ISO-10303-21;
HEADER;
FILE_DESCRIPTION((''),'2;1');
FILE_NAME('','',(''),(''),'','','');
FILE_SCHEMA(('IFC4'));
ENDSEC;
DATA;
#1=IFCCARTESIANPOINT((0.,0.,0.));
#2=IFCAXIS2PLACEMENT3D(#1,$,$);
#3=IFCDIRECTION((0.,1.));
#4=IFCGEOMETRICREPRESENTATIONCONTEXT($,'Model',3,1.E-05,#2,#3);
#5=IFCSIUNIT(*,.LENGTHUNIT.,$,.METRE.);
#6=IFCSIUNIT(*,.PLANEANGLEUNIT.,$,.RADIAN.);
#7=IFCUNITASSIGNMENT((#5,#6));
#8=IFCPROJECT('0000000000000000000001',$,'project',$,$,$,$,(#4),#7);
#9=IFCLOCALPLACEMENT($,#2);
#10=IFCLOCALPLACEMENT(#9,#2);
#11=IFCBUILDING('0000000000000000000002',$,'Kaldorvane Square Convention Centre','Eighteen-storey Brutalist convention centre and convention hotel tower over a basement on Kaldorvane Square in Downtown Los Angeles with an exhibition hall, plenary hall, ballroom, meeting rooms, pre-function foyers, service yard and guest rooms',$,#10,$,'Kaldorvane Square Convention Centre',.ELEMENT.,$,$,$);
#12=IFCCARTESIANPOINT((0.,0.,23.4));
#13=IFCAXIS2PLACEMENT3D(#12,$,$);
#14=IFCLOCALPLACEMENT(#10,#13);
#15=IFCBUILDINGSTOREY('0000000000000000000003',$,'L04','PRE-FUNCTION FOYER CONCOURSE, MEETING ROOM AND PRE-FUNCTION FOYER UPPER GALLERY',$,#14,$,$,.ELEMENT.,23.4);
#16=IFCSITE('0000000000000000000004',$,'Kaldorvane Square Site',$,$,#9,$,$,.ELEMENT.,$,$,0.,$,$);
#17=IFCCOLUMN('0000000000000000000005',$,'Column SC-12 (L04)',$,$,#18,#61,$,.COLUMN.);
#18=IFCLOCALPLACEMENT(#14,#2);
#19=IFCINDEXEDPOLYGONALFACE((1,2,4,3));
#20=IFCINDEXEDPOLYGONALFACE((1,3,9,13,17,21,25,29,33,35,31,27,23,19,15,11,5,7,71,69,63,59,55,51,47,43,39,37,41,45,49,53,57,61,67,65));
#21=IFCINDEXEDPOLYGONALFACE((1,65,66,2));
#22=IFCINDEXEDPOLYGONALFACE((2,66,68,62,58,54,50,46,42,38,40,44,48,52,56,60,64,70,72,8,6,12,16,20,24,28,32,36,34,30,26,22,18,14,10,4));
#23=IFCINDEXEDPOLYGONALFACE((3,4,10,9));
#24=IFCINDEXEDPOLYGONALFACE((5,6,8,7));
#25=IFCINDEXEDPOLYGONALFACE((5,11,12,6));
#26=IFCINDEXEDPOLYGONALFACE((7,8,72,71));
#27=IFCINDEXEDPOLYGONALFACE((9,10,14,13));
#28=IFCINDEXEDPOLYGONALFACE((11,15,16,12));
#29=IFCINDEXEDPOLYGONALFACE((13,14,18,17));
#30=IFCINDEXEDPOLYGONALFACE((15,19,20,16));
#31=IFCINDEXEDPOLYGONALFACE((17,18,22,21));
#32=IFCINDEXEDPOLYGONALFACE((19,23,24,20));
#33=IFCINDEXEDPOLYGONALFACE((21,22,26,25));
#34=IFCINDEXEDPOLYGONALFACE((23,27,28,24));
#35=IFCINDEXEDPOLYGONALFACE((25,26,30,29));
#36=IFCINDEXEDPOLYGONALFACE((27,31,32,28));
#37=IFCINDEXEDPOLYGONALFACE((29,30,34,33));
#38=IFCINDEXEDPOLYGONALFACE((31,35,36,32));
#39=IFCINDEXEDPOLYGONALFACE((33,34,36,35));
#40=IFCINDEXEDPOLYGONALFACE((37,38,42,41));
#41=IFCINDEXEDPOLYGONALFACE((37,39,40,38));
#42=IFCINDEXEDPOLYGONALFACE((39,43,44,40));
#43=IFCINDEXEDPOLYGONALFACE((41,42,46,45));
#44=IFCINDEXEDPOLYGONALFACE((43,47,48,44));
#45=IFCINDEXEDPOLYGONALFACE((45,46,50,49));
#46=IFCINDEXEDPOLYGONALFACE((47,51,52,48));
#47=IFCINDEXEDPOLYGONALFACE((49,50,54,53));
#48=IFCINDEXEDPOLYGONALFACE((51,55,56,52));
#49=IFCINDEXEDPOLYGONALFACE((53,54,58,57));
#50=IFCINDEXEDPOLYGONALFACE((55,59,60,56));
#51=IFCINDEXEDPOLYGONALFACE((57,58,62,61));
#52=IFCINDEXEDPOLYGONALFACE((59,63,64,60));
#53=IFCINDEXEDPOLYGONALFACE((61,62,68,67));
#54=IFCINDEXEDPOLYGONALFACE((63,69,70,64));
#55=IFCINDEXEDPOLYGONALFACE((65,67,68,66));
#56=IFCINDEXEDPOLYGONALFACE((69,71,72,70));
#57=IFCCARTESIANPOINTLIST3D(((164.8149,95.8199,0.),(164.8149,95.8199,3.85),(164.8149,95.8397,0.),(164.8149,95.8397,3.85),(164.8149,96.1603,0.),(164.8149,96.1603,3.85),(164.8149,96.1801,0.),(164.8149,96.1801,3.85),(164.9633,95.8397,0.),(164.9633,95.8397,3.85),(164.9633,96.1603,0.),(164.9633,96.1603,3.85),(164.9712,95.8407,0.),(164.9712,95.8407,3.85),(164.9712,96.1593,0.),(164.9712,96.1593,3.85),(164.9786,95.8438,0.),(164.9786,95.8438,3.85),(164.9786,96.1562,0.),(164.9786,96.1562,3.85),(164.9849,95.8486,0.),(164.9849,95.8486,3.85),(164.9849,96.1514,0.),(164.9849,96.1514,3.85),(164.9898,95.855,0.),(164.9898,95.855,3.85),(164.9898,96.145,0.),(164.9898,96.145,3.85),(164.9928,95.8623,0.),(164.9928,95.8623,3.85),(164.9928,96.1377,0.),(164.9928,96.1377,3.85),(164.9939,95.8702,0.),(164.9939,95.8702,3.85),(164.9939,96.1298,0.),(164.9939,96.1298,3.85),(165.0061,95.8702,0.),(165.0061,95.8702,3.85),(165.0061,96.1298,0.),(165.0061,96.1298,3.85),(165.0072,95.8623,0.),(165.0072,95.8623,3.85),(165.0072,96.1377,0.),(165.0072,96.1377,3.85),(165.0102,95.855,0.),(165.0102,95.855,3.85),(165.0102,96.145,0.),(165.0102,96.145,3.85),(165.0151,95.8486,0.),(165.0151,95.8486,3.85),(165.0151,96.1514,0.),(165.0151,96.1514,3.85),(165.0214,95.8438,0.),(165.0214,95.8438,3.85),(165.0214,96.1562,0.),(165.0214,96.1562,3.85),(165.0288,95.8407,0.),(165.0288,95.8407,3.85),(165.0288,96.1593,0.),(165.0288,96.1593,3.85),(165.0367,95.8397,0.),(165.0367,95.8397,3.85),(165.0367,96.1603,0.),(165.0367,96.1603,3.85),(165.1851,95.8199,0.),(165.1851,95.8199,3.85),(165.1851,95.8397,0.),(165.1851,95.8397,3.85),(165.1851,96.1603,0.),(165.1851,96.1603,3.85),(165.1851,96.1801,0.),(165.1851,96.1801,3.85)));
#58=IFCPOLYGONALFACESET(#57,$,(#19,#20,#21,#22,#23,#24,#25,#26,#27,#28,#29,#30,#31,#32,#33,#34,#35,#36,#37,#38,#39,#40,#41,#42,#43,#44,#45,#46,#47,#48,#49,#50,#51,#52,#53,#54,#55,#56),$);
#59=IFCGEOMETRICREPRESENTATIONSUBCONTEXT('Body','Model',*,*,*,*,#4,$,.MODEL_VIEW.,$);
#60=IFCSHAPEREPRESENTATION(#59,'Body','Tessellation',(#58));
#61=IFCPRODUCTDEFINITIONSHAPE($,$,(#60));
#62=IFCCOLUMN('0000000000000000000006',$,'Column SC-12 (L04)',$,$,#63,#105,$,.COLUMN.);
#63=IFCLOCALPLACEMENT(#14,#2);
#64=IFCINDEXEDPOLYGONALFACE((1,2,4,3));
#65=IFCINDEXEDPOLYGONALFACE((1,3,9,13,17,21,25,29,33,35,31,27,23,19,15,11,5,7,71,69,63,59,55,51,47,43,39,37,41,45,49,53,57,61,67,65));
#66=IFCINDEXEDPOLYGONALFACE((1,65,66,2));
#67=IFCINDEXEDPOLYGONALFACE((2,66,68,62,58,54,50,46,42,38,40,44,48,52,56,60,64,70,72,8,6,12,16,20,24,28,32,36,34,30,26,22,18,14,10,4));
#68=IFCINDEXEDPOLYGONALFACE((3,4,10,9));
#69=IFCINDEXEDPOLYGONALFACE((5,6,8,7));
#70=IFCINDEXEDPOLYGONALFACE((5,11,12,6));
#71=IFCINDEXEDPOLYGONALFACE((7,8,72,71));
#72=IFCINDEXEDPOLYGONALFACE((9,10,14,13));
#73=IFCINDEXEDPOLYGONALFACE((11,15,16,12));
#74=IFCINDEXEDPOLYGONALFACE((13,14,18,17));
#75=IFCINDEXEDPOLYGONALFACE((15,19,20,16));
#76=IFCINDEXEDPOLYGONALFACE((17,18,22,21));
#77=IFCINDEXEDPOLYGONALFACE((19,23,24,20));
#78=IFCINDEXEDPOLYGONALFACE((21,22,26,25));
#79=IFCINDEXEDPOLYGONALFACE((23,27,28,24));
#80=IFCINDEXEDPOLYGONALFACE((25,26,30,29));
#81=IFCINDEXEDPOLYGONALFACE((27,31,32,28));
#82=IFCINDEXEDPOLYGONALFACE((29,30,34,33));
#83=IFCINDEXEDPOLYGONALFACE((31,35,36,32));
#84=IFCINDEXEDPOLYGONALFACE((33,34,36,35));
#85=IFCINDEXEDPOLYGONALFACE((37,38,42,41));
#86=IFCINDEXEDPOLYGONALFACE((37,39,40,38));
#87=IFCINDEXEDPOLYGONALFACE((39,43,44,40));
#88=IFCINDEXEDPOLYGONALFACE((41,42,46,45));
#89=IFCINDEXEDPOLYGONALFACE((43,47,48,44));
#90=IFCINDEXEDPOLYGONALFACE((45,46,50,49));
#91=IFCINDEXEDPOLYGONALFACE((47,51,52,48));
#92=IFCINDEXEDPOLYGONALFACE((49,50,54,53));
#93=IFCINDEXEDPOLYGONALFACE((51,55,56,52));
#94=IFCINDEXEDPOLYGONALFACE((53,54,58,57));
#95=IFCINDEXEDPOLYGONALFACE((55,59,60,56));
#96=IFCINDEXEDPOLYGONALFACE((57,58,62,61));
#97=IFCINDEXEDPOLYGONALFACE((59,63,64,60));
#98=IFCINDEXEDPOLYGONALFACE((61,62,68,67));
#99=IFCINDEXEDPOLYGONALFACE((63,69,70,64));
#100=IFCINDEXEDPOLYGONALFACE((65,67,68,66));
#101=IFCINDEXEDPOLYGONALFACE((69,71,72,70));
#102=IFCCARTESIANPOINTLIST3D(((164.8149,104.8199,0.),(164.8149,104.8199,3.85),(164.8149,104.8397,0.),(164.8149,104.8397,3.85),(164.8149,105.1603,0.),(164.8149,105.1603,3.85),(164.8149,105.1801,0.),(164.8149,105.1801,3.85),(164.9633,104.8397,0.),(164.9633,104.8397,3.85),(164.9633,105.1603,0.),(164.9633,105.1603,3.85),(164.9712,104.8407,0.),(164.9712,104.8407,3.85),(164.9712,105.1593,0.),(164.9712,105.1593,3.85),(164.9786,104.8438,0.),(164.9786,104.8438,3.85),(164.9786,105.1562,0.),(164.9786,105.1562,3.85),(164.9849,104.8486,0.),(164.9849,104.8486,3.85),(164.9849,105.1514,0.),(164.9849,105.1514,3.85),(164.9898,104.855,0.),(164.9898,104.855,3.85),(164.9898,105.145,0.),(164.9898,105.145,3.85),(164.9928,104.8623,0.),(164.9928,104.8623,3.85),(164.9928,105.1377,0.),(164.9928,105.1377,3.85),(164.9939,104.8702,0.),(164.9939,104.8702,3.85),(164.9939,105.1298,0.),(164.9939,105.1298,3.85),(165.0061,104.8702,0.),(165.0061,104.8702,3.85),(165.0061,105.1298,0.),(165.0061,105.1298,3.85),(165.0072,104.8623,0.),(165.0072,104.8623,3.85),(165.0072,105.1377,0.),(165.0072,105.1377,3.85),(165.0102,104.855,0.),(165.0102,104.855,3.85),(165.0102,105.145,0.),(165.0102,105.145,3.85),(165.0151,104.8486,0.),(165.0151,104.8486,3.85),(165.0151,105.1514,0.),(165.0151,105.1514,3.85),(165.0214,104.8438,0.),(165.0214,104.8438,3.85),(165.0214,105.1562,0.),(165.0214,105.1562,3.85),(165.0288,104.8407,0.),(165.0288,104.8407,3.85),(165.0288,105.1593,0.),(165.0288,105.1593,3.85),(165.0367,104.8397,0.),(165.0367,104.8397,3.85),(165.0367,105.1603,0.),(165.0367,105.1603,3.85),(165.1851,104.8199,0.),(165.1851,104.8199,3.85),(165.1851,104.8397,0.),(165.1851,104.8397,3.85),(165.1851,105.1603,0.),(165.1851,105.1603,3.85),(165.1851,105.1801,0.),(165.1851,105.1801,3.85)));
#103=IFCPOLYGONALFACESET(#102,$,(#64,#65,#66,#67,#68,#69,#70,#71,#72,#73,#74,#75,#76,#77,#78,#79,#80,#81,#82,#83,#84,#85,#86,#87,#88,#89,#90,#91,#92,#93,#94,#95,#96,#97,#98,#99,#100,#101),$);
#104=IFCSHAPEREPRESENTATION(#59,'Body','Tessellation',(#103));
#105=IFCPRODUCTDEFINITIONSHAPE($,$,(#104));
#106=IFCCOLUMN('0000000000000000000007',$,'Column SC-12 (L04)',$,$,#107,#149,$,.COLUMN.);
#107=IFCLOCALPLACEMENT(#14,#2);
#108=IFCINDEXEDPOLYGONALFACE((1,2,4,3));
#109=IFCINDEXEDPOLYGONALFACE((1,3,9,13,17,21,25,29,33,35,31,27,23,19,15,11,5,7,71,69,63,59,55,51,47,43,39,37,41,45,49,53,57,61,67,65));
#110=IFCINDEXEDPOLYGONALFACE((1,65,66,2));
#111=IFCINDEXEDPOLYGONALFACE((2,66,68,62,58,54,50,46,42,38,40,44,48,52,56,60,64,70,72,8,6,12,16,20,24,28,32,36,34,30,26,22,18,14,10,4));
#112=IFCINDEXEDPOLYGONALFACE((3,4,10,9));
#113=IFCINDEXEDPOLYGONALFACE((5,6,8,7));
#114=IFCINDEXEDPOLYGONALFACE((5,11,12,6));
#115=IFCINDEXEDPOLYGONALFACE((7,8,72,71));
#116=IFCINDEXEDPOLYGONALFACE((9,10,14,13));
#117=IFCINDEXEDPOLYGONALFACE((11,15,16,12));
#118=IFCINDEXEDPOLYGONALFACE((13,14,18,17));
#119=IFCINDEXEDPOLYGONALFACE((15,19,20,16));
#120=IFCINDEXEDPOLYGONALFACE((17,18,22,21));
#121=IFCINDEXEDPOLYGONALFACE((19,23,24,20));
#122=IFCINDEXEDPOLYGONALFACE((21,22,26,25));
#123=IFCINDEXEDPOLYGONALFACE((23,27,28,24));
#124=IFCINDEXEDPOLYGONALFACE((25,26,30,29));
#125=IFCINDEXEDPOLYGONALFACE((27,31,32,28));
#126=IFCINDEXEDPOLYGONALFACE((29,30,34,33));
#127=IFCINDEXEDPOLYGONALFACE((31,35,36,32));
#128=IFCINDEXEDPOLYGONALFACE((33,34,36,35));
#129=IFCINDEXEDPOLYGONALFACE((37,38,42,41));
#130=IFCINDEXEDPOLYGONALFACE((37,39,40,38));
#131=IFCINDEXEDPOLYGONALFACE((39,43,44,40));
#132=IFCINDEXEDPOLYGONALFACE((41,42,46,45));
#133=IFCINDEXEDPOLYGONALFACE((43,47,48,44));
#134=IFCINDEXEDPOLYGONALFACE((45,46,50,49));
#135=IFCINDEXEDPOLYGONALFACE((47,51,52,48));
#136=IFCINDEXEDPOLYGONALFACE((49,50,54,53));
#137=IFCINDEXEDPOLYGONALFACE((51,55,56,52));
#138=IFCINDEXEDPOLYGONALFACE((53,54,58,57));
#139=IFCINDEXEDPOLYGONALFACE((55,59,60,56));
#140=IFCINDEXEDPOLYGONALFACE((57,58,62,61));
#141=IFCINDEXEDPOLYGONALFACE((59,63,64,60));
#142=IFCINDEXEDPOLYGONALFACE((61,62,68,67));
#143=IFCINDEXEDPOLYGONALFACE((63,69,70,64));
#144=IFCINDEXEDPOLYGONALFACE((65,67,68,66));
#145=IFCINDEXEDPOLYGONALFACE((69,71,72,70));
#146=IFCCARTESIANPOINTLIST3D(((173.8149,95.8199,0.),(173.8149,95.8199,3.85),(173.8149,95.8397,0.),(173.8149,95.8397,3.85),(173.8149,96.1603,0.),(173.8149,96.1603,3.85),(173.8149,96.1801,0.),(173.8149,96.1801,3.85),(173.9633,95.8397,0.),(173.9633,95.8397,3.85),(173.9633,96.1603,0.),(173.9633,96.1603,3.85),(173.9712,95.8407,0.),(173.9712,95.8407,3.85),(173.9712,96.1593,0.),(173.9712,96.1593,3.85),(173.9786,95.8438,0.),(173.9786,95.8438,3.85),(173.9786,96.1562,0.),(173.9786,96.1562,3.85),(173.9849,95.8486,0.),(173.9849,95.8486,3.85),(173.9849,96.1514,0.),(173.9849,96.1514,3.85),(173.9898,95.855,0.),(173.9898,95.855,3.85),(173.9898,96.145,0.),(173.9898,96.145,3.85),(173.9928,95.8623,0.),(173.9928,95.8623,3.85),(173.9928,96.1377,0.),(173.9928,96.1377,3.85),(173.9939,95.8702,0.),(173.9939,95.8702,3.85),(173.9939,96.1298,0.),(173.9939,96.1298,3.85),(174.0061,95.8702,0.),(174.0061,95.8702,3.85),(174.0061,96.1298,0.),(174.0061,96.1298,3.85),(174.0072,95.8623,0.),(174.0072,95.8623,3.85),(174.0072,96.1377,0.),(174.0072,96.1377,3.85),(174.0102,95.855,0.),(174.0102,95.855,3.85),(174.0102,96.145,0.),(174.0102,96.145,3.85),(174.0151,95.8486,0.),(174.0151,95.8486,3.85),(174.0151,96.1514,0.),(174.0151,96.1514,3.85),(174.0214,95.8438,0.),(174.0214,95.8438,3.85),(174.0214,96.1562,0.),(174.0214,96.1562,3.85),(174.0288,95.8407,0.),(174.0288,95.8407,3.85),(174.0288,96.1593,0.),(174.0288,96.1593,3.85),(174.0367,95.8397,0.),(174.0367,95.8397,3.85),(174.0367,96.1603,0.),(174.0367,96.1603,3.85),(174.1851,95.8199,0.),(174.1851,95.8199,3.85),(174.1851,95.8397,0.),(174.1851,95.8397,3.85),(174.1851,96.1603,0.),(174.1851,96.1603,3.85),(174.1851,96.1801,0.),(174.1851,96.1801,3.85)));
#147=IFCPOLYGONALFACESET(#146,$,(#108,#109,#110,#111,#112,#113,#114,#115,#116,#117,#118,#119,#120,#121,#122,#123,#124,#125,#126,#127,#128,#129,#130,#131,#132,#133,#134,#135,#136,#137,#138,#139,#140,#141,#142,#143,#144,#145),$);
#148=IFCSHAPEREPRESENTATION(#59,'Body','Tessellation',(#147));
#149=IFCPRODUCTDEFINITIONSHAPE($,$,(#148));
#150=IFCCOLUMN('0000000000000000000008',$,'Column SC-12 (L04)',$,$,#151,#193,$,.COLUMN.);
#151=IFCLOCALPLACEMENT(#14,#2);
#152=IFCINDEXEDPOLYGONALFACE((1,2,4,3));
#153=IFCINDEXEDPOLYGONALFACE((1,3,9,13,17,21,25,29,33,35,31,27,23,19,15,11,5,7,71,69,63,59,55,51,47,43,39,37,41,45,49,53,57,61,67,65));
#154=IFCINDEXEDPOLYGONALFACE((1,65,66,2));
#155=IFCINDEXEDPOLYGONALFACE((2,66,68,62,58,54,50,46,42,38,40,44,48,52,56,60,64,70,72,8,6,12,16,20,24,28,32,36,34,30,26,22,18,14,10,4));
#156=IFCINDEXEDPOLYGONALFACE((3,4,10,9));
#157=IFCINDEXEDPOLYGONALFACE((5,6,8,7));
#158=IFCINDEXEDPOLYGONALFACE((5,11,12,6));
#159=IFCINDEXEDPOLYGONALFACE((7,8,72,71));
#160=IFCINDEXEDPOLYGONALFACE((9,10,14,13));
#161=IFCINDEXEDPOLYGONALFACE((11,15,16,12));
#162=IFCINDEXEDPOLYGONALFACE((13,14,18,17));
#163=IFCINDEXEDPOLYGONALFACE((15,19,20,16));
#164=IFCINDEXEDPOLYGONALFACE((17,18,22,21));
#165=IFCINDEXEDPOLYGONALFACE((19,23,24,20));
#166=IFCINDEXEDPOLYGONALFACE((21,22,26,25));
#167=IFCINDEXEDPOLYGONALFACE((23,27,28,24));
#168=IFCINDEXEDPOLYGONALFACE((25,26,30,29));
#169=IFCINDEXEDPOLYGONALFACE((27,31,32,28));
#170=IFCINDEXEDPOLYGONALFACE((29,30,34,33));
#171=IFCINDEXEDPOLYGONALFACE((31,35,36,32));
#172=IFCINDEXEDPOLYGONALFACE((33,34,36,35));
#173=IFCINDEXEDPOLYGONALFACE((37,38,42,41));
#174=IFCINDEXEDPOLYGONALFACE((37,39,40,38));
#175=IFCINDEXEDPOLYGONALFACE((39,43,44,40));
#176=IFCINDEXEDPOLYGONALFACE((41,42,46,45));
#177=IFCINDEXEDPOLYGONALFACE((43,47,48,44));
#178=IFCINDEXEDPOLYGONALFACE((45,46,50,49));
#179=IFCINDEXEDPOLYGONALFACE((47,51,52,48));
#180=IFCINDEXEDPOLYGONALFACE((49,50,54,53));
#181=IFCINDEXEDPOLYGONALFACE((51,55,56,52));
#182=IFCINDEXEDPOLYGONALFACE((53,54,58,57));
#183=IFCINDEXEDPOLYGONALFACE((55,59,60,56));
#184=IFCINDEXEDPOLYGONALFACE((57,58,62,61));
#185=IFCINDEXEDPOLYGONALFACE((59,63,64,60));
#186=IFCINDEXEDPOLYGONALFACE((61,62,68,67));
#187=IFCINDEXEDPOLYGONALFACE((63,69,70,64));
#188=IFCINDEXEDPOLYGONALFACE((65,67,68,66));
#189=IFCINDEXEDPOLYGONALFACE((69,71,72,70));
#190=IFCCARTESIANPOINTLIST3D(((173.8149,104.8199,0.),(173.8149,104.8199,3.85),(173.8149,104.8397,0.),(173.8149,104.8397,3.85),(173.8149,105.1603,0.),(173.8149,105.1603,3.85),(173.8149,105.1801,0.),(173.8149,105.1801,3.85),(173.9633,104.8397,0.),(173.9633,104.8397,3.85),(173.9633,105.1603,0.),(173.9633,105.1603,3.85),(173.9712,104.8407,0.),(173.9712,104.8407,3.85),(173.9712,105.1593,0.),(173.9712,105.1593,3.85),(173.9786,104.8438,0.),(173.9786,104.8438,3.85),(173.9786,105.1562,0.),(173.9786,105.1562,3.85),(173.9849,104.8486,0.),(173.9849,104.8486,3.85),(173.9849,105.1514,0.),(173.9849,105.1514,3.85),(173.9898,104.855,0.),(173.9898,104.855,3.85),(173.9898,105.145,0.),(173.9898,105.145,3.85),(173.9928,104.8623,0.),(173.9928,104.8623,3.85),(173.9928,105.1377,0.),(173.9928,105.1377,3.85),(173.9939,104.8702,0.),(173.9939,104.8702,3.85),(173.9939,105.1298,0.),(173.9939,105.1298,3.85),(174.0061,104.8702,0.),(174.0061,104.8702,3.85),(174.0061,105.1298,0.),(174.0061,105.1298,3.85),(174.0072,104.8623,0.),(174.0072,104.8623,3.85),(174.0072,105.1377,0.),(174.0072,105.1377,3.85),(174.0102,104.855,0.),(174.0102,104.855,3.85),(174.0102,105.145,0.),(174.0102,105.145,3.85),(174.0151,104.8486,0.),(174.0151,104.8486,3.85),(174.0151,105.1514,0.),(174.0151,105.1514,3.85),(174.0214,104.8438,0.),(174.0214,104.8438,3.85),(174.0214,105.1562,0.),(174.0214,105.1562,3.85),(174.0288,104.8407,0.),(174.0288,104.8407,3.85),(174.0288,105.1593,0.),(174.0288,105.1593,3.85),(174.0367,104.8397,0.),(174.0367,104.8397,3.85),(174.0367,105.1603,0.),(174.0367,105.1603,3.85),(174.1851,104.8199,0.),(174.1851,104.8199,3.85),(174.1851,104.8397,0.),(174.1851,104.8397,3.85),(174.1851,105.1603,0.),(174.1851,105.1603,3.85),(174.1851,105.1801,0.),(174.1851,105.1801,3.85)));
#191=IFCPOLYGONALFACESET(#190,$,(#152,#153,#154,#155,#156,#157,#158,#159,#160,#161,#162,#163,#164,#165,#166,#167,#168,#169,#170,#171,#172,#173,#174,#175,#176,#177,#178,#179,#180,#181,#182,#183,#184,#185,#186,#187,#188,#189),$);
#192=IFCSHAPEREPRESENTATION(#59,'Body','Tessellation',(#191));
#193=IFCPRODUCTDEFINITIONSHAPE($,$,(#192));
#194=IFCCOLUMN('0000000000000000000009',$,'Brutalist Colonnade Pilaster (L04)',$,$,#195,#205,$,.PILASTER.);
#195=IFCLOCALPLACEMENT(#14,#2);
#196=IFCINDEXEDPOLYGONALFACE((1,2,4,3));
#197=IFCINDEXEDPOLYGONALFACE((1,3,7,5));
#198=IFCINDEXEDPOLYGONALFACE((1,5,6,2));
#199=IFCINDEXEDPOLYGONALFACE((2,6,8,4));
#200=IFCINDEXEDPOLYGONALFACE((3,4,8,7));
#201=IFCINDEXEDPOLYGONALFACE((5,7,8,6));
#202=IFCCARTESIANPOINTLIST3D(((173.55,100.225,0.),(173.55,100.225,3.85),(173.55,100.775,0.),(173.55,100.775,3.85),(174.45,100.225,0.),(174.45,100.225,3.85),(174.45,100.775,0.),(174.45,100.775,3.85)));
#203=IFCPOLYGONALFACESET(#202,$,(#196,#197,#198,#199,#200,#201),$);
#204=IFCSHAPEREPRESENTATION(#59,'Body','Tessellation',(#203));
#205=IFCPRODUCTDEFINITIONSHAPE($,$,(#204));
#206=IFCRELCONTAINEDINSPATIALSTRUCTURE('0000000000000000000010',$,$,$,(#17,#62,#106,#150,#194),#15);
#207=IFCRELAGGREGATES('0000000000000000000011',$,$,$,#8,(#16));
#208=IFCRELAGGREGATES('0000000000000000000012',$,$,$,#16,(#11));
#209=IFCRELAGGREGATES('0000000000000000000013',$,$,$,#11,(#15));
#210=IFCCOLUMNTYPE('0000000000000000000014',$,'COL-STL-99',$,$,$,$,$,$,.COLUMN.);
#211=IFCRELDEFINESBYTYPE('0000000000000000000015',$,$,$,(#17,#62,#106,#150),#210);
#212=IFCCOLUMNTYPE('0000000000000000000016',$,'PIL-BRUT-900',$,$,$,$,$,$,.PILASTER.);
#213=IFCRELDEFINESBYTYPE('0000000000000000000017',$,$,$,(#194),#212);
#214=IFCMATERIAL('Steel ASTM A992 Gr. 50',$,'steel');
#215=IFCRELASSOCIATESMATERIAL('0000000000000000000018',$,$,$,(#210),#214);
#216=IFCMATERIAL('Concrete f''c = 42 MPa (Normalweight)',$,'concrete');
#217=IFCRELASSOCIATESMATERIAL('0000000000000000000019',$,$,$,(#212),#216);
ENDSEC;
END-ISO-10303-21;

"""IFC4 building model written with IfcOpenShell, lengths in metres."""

from ifc_helpers import new_model, si_unit, direction, frame, origin, origin_2d, place, context, subcontext, project, spatial, rectangle, i_section, extrude, material, material_profile, profile_set, type_object, element, save


model = new_model("IFC4")

# Units and contexts
model_context = context("Model", 3, precision=1e-05, world=origin(), true_north=direction((0.0, 1.0)))
body_context = subcontext(model_context, "Body", "Model", "MODEL_VIEW")
ifc_project = project(units=[si_unit("LENGTHUNIT", "METRE"), si_unit("PLANEANGLEUNIT", "RADIAN")], contexts=[model_context])

# Site, building, storey
site_placement = place(None, origin())
site = spatial("IfcSite", under=ifc_project, at=site_placement, Name="Kaldorvane Square Site", CompositionType="ELEMENT", RefElevation=0.0)
building_placement = place(site_placement, origin())
building = spatial("IfcBuilding", under=site, at=building_placement, Name="Kaldorvane Square Convention Centre", Description="Eighteen-storey Brutalist convention centre and convention hotel tower over a basement on Kaldorvane Square in Downtown Los Angeles with an exhibition hall, plenary hall, ballroom, meeting rooms, pre-function foyers, service yard and guest rooms", LongName="Kaldorvane Square Convention Centre", CompositionType="ELEMENT")
storey_placement = place(building_placement, frame((0.0, 0.0, 23.4)))
storey = spatial("IfcBuildingStorey", under=building, at=storey_placement, Name="L04", Description="PRE-FUNCTION FOYER CONCOURSE, MEETING ROOM AND PRE-FUNCTION FOYER UPPER GALLERY", CompositionType="ELEMENT", Elevation=23.4)

# Columns
ifc_material_1 = material(Name="Steel ASTM A992 Gr. 50", Category="steel")
ifc_material_profile_1 = material_profile(ifc_material_1, i_section(OverallWidth=0.3701, OverallDepth=0.3602, WebThickness=0.0123, FlangeThickness=0.0198, FilletRadius=0.0305, at=origin_2d()), Name="W14X99")
ifc_profile_set_1 = profile_set([ifc_material_profile_1], Name="Steel ASTM A992 Gr. 50")
column_type_1 = type_object("IfcColumnType", Name="COL-STL-99", PredefinedType="COLUMN", material=ifc_profile_set_1)
for number, where, z_axis, x_axis, name in (
    (1, (165.0, 96.0, 0.0), (0.0, 0.0, 1.0), (1.0, 0.0, 0.0), "Column SC-12 (L04)"),
    (2, (165.0, 105.0, 0.0), (0.0, 0.0, 1.0), (1.0, 0.0, 0.0), "Column SC-12 (L04)"),
    (3, (174.0, 96.0, 0.0), (0.0, 0.0, 1.0), (1.0, 0.0, 0.0), "Column SC-12 (L04)"),
    (4, (174.0, 105.0, 0.0), (0.0, 0.0, 1.0), (1.0, 0.0, 0.0), "Column SC-12 (L04)"),
):
    element("IfcColumn", number, at=place(storey_placement, frame(where, z_axis=z_axis, x_axis=x_axis)), inside=storey, type_object=column_type_1, Name=name, PredefinedType="COLUMN", context=body_context, shape_type="SweptSolid", body=[
        extrude(i_section(OverallWidth=0.3701, OverallDepth=0.3602, WebThickness=0.0123, FlangeThickness=0.0198, FilletRadius=0.0305, at=origin_2d()), origin(), (0.0, 0.0, 1.0), 3.85),
    ])
ifc_material_2 = material(Name="Concrete f'c = 42 MPa (Normalweight)", Category="concrete")
ifc_material_profile_2 = material_profile(ifc_material_2, rectangle(XDim=0.55, YDim=0.9, at=origin_2d()), Name="PIL900X550")
ifc_profile_set_2 = profile_set([ifc_material_profile_2], Name="Concrete f'c = 42 MPa (Normalweight)")
column_type_2 = type_object("IfcColumnType", Name="PIL-BRUT-900", PredefinedType="PILASTER", material=ifc_profile_set_2)
column_placement = place(storey_placement, frame((174.0, 100.5, 0.0), z_axis=(0.0, 0.0, 1.0), x_axis=(0.0, 1.0, 0.0)))
element("IfcColumn", 5, at=column_placement, inside=storey, type_object=column_type_2, Name="Brutalist Colonnade Pilaster (L04)", PredefinedType="PILASTER", context=body_context, shape_type="SweptSolid", body=[
    extrude(rectangle(XDim=0.55, YDim=0.9, at=origin_2d()), origin(), (0.0, 0.0, 1.0), 3.85),
])

save(model, "model.ifc")
